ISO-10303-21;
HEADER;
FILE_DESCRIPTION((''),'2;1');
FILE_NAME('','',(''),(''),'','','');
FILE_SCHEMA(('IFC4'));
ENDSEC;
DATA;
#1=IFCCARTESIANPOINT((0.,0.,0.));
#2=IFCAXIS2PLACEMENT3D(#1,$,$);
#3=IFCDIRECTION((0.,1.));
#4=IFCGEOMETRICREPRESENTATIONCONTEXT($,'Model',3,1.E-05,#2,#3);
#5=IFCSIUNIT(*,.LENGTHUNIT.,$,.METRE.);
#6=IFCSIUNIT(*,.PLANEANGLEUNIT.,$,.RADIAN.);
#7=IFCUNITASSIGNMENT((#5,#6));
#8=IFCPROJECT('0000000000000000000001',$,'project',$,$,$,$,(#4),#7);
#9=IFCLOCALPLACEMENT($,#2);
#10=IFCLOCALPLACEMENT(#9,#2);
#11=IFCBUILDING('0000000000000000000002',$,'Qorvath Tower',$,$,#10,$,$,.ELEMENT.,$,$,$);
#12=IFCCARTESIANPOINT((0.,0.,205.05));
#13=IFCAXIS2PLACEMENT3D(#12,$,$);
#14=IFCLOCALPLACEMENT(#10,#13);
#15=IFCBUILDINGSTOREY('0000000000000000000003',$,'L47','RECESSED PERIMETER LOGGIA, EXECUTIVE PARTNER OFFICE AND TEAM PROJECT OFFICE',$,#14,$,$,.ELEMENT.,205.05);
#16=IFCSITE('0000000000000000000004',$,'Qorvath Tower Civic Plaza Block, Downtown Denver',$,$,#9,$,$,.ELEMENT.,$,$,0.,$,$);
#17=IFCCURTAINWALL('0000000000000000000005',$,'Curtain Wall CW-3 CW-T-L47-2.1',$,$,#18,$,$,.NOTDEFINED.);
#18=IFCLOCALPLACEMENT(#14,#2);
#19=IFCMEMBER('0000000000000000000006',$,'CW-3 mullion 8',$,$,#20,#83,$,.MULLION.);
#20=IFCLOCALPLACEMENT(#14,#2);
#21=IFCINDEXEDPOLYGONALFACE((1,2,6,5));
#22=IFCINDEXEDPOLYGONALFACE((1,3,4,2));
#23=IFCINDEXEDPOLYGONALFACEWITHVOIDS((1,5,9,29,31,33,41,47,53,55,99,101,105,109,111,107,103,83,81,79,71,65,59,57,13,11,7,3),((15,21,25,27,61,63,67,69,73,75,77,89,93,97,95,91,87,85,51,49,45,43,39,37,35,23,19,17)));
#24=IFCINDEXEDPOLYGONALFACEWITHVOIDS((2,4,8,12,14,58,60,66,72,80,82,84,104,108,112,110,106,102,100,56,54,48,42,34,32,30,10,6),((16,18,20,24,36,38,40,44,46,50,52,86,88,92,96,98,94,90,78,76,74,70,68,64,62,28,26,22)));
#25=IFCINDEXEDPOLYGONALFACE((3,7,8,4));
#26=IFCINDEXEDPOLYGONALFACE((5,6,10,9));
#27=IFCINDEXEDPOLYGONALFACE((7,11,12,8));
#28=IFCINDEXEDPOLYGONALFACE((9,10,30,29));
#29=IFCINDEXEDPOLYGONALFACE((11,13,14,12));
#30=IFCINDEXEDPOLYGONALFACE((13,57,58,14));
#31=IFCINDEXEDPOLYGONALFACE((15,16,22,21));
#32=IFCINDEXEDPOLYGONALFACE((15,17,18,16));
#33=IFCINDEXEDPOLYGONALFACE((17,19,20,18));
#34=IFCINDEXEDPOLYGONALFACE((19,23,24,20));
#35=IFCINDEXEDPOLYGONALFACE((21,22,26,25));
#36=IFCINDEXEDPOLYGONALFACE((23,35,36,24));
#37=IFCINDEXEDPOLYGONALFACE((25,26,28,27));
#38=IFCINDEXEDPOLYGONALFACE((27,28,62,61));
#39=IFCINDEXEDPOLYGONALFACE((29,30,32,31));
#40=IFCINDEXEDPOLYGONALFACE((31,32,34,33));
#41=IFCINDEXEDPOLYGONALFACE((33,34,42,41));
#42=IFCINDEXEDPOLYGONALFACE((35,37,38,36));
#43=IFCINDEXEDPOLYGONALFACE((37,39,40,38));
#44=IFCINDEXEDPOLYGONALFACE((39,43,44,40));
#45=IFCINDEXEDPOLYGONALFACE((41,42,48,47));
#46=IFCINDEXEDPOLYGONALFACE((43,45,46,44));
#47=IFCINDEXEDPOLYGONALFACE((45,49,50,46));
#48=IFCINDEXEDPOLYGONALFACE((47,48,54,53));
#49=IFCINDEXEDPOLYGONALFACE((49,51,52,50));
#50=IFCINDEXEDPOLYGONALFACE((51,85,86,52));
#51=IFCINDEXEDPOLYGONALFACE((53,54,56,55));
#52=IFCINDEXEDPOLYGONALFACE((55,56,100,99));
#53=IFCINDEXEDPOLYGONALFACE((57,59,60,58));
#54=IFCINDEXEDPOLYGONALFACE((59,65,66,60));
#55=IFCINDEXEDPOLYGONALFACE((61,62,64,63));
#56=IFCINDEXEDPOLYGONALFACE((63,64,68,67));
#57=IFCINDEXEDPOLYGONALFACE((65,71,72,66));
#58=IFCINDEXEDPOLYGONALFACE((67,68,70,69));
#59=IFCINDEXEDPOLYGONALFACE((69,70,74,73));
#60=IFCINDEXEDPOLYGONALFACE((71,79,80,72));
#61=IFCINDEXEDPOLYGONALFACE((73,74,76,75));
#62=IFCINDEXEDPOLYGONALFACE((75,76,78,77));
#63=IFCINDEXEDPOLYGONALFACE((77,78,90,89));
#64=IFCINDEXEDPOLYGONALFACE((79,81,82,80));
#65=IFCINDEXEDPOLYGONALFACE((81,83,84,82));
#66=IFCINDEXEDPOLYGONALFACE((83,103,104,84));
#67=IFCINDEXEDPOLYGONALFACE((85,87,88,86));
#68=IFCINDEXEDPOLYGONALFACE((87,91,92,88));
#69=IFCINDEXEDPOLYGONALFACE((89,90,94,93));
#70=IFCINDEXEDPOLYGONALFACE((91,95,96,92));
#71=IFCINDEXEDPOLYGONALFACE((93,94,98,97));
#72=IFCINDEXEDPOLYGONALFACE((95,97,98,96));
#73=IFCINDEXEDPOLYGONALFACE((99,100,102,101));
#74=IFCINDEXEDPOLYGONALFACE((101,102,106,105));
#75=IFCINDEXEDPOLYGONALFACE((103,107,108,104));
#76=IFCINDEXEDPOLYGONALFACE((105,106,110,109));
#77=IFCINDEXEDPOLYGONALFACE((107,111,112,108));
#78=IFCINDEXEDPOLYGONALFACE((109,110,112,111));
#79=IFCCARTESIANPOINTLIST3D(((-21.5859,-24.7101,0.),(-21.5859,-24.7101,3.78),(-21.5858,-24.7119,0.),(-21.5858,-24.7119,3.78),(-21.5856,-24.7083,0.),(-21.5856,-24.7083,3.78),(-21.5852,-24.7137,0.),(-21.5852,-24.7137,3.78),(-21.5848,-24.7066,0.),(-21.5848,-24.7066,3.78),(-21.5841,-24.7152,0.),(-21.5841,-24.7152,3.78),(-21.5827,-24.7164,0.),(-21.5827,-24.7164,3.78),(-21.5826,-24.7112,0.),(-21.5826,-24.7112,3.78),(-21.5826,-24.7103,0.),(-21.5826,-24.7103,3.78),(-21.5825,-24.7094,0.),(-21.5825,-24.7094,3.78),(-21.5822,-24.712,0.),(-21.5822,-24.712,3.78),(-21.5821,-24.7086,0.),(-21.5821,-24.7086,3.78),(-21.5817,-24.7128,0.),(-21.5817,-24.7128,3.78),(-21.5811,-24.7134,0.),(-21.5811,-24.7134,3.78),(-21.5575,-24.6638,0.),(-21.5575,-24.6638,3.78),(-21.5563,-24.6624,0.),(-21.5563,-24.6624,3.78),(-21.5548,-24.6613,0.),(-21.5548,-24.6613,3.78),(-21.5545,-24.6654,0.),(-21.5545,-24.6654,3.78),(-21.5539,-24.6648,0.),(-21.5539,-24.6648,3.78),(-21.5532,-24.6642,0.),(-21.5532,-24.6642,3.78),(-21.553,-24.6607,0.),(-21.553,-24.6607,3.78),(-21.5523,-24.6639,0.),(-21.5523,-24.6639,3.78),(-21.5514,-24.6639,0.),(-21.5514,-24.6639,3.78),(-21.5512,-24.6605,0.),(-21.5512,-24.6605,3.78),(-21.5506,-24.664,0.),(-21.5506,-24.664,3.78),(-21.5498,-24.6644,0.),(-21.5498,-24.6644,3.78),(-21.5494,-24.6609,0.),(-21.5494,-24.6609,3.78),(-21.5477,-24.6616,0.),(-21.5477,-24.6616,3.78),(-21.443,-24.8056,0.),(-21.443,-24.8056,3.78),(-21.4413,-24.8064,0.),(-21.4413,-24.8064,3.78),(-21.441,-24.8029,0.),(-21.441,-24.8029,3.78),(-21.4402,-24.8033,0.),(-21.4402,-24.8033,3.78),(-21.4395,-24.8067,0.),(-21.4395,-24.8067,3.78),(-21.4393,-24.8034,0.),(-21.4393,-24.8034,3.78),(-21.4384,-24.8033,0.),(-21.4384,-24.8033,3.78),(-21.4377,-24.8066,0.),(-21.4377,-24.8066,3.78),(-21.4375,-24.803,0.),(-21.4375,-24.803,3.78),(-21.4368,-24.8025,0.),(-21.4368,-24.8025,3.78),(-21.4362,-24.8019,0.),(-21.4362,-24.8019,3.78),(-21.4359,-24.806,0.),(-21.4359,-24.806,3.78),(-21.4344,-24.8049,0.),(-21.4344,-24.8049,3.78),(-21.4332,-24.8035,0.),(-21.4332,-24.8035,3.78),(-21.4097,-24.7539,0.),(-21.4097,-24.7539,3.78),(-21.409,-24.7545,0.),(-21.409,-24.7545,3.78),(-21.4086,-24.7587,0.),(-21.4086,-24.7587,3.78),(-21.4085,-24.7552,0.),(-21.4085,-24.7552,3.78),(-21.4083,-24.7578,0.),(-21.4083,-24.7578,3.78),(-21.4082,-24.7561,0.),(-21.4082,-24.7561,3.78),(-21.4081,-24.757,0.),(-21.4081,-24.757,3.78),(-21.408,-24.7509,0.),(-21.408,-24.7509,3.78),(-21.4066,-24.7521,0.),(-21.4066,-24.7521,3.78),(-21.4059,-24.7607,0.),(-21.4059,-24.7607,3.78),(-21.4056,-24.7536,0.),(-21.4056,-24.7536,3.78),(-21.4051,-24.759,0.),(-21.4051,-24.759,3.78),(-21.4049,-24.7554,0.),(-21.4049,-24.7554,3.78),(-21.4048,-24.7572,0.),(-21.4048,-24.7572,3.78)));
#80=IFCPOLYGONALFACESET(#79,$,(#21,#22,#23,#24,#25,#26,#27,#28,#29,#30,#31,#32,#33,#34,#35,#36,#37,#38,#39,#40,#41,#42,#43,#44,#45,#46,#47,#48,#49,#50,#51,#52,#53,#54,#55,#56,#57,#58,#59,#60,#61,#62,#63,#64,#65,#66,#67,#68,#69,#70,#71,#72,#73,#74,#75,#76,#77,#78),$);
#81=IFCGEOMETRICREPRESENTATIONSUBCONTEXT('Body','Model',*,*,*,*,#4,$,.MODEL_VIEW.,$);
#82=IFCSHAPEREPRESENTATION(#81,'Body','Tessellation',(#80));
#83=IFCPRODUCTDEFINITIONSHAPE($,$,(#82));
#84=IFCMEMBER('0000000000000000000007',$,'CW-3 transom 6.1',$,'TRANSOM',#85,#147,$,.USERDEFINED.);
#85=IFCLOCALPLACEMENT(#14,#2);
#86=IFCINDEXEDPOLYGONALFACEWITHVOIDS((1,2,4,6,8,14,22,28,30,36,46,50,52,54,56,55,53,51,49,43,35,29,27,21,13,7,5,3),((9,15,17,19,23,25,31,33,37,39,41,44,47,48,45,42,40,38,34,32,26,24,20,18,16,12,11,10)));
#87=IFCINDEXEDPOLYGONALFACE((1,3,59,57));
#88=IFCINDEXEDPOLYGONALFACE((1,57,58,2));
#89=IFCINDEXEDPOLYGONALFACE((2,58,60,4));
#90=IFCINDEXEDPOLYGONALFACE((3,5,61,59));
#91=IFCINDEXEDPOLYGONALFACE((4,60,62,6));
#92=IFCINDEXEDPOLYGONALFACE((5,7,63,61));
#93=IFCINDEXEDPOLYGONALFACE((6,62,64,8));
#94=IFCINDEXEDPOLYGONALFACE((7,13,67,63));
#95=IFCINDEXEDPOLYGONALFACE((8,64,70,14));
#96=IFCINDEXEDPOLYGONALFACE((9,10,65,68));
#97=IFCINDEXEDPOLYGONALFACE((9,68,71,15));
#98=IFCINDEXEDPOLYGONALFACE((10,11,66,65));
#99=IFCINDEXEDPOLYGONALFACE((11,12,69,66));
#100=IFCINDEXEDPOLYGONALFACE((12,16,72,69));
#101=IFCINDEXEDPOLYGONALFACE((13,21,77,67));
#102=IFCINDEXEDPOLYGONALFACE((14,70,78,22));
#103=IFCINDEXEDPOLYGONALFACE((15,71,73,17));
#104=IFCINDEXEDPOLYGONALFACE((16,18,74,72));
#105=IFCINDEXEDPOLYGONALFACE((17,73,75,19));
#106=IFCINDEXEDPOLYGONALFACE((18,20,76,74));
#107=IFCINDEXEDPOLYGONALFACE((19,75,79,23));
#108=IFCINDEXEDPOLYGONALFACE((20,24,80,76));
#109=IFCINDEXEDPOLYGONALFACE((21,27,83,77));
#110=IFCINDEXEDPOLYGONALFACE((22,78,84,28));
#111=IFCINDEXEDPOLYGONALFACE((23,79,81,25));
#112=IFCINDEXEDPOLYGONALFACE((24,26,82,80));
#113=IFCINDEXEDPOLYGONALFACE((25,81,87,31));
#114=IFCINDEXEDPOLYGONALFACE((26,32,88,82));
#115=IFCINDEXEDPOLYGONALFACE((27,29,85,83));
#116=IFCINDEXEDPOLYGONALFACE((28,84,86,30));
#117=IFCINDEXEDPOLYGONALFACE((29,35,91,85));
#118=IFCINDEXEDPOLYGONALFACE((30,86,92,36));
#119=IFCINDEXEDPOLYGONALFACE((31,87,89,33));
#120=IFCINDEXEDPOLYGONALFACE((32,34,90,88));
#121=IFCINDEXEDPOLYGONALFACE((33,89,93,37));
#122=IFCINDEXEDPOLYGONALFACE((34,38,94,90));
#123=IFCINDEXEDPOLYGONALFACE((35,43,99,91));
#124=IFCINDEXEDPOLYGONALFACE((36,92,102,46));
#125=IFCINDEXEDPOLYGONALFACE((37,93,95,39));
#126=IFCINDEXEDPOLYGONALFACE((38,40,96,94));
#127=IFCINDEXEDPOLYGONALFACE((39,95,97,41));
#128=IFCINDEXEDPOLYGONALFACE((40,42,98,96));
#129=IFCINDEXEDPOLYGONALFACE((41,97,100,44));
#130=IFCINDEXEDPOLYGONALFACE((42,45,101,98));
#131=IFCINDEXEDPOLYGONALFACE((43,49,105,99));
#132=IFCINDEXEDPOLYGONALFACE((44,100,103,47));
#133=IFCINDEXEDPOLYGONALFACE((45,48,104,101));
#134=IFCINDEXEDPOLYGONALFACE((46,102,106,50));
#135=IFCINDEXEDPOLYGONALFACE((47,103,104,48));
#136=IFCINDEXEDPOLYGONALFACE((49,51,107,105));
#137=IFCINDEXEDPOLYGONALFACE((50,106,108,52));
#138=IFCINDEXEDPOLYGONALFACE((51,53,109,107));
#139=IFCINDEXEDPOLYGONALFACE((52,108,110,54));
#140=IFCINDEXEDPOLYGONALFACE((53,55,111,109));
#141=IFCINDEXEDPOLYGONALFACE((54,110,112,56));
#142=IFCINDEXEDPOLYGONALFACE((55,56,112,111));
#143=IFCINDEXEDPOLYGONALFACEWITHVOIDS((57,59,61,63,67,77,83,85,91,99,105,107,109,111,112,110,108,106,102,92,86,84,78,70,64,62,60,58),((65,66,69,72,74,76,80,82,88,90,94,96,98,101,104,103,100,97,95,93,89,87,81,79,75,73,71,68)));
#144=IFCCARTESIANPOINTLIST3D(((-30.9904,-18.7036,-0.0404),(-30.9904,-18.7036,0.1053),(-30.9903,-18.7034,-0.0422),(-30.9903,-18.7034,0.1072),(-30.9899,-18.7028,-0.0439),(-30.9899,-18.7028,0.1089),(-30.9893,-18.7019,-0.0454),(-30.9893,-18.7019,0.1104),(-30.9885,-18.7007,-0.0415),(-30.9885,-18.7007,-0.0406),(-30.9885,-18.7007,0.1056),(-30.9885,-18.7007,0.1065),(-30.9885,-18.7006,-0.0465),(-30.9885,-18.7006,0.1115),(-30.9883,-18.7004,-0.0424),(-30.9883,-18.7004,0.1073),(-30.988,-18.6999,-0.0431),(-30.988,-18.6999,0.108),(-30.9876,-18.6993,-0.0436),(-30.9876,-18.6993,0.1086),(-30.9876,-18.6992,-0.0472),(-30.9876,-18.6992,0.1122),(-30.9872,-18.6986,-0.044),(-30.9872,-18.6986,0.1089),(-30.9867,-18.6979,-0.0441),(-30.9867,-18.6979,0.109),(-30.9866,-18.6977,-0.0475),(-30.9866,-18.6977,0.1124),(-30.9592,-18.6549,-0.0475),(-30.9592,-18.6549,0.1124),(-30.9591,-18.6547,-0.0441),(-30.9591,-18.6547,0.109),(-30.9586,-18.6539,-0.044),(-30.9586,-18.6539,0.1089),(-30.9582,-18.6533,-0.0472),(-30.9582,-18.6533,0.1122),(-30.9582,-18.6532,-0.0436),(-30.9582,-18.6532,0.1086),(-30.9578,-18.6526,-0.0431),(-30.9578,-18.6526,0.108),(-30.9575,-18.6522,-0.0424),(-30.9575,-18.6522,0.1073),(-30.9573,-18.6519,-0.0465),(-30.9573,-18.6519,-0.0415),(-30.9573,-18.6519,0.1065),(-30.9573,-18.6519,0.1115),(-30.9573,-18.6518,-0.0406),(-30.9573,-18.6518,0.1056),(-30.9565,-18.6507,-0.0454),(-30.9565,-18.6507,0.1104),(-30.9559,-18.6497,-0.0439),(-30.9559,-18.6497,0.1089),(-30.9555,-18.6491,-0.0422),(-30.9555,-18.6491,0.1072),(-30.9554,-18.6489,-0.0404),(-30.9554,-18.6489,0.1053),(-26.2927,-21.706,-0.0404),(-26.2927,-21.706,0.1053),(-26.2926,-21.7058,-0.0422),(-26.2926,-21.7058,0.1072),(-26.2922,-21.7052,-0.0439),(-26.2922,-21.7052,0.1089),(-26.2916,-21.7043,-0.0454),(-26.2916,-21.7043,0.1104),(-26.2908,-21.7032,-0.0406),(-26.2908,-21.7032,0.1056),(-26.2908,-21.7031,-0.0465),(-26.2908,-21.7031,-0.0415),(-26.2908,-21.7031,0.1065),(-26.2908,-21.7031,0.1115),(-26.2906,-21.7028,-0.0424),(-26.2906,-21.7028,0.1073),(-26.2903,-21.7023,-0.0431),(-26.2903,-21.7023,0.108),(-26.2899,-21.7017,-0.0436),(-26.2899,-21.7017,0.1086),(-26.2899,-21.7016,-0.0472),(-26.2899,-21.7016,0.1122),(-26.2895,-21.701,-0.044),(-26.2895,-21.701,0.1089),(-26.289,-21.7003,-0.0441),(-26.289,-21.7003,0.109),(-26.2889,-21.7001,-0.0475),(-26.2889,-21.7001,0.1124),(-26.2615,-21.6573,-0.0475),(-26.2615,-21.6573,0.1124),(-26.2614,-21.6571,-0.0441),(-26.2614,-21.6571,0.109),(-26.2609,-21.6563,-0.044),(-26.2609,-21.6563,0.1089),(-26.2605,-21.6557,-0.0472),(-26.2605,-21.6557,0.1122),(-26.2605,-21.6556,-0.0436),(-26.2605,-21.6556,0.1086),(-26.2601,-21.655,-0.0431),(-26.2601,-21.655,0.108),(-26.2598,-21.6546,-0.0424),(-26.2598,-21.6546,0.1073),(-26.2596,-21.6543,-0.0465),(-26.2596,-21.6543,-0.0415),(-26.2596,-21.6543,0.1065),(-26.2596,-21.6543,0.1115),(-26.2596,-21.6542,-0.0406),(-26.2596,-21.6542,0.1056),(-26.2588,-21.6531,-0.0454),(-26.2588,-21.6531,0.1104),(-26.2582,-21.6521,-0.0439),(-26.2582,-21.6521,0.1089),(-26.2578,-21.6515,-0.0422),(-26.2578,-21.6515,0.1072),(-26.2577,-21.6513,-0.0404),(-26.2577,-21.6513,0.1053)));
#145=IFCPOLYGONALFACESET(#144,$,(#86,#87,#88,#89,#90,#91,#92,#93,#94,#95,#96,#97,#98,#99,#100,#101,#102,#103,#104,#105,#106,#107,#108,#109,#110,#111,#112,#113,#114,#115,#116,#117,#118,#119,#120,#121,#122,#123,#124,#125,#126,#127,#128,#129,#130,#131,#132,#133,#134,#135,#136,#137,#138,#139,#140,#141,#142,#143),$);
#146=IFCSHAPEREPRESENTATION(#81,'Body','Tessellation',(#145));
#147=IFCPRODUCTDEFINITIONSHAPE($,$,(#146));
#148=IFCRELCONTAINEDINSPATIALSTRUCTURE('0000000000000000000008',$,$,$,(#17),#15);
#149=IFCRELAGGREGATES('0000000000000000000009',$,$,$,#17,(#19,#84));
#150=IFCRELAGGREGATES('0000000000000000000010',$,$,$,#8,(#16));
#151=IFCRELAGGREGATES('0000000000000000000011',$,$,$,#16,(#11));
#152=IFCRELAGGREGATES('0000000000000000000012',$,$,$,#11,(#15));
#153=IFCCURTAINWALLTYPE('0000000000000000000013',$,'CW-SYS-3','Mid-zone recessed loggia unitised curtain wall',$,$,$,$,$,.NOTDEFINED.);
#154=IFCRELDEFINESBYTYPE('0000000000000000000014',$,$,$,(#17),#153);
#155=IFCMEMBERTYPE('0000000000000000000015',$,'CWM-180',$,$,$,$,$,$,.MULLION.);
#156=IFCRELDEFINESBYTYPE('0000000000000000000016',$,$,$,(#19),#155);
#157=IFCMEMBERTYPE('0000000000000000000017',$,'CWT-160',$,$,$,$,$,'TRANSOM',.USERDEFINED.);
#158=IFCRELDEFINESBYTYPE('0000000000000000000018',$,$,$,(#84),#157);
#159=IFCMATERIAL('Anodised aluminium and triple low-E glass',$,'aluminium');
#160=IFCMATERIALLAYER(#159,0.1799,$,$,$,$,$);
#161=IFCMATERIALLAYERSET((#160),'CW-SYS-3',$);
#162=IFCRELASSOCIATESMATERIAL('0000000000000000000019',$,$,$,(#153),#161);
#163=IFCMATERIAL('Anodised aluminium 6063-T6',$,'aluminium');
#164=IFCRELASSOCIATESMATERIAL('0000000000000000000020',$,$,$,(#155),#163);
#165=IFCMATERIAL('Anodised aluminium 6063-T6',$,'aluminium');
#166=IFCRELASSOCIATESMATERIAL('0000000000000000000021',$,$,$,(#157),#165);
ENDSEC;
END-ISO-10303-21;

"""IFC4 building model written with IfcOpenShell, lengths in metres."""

from ifc_helpers import new_model, si_unit, direction, frame, origin, origin_2d, place, context, subcontext, project, spatial, hollow_rectangle, extrude, material, layer, layer_set, material_profile, profile_set, type_object, element, aggregate, save


model = new_model("IFC4")

# Units and contexts
model_context = context("Model", 3, precision=1e-05, world=origin(), true_north=direction((0.0, 1.0)))
body_context = subcontext(model_context, "Body", "Model", "MODEL_VIEW")
ifc_project = project(units=[si_unit("LENGTHUNIT", "METRE"), si_unit("PLANEANGLEUNIT", "RADIAN")], contexts=[model_context])

# Site, building, storey
site_placement = place(None, origin())
site = spatial("IfcSite", under=ifc_project, at=site_placement, Name="Qorvath Tower Civic Plaza Block, Downtown Denver", CompositionType="ELEMENT", RefElevation=0.0)
building_placement = place(site_placement, origin())
building = spatial("IfcBuilding", under=site, at=building_placement, Name="Qorvath Tower", CompositionType="ELEMENT")
storey_placement = place(building_placement, frame((0.0, 0.0, 205.05)))
storey = spatial("IfcBuildingStorey", under=building, at=storey_placement, Name="L47", Description="RECESSED PERIMETER LOGGIA, EXECUTIVE PARTNER OFFICE AND TEAM PROJECT OFFICE", CompositionType="ELEMENT", Elevation=205.05)

# Curtain wall, members
ifc_material_1 = material(Name="Anodised aluminium and triple low-E glass", Category="aluminium")
ifc_layer_1 = layer(ifc_material_1, 0.1799)
ifc_layer_set_1 = layer_set([ifc_layer_1], Name="CW-SYS-3")
curtain_wall_type = type_object("IfcCurtainWallType", Name="CW-SYS-3", Description="Mid-zone recessed loggia unitised curtain wall", PredefinedType="NOTDEFINED", material=ifc_layer_set_1)
curtain_wall_placement = place(storey_placement, origin())
curtain_wall = element("IfcCurtainWall", 1, at=curtain_wall_placement, inside=storey, type_object=curtain_wall_type, Name="Curtain Wall CW-3 CW-T-L47-2.1", PredefinedType="NOTDEFINED")
ifc_material_2 = material(Name="Anodised aluminium 6063-T6", Category="aluminium")
ifc_material_profile_1 = material_profile(ifc_material_2, hollow_rectangle(XDim=0.0649, YDim=0.1799, WallThickness=0.0034, InnerFilletRadius=0.0034, OuterFilletRadius=0.0071, at=origin_2d()), Name="CWM 180x65")
ifc_profile_set_1 = profile_set([ifc_material_profile_1], Name="Anodised aluminium 6063-T6")
member_type_1 = type_object("IfcMemberType", Name="CWM-180", PredefinedType="MULLION", material=ifc_profile_set_1)
member_1_placement = place(storey_placement, frame((-21.4954, -24.7336, 0.0), z_axis=(0.0, 0.0, 1.0), x_axis=(0.538534, 0.842604, 0.0)))
member_1 = element("IfcMember", 2, at=member_1_placement, type_object=member_type_1, Name="CW-3 mullion 8", PredefinedType="MULLION", context=body_context, shape_type="SweptSolid", body=[
    extrude(hollow_rectangle(XDim=0.0649, YDim=0.1799, WallThickness=0.0034, InnerFilletRadius=0.0034, OuterFilletRadius=0.0071, at=origin_2d()), origin(), (0.0, 0.0, 1.0), 3.78),
])
ifc_material_3 = material(Name="Anodised aluminium 6063-T6", Category="aluminium")
ifc_material_profile_2 = material_profile(ifc_material_3, hollow_rectangle(XDim=0.0649, YDim=0.1599, WallThickness=0.0034, InnerFilletRadius=0.0034, OuterFilletRadius=0.0071, at=origin_2d()), Name="CWT 160x65")
ifc_profile_set_2 = profile_set([ifc_material_profile_2], Name="Anodised aluminium 6063-T6")
member_type_2 = type_object("IfcMemberType", Name="CWT-160", ElementType="TRANSOM", PredefinedType="USERDEFINED", material=ifc_profile_set_2)
member_2_placement = place(storey_placement, frame((-30.9729, -18.6763, 0.0325), z_axis=(0.842607, -0.538529, 0.0), x_axis=(0.538529, 0.842607, 0.0)))
member_2 = element("IfcMember", 3, at=member_2_placement, type_object=member_type_2, Name="CW-3 transom 6.1", ObjectType="TRANSOM", PredefinedType="USERDEFINED", context=body_context, shape_type="SweptSolid", body=[
    extrude(hollow_rectangle(XDim=0.0649, YDim=0.1599, WallThickness=0.0034, InnerFilletRadius=0.0034, OuterFilletRadius=0.0071, at=origin_2d()), origin(), (0.0, 0.0, 1.0), 5.5752),
])
aggregate(curtain_wall, [member_1, member_2])

save(model, "model.ifc")
